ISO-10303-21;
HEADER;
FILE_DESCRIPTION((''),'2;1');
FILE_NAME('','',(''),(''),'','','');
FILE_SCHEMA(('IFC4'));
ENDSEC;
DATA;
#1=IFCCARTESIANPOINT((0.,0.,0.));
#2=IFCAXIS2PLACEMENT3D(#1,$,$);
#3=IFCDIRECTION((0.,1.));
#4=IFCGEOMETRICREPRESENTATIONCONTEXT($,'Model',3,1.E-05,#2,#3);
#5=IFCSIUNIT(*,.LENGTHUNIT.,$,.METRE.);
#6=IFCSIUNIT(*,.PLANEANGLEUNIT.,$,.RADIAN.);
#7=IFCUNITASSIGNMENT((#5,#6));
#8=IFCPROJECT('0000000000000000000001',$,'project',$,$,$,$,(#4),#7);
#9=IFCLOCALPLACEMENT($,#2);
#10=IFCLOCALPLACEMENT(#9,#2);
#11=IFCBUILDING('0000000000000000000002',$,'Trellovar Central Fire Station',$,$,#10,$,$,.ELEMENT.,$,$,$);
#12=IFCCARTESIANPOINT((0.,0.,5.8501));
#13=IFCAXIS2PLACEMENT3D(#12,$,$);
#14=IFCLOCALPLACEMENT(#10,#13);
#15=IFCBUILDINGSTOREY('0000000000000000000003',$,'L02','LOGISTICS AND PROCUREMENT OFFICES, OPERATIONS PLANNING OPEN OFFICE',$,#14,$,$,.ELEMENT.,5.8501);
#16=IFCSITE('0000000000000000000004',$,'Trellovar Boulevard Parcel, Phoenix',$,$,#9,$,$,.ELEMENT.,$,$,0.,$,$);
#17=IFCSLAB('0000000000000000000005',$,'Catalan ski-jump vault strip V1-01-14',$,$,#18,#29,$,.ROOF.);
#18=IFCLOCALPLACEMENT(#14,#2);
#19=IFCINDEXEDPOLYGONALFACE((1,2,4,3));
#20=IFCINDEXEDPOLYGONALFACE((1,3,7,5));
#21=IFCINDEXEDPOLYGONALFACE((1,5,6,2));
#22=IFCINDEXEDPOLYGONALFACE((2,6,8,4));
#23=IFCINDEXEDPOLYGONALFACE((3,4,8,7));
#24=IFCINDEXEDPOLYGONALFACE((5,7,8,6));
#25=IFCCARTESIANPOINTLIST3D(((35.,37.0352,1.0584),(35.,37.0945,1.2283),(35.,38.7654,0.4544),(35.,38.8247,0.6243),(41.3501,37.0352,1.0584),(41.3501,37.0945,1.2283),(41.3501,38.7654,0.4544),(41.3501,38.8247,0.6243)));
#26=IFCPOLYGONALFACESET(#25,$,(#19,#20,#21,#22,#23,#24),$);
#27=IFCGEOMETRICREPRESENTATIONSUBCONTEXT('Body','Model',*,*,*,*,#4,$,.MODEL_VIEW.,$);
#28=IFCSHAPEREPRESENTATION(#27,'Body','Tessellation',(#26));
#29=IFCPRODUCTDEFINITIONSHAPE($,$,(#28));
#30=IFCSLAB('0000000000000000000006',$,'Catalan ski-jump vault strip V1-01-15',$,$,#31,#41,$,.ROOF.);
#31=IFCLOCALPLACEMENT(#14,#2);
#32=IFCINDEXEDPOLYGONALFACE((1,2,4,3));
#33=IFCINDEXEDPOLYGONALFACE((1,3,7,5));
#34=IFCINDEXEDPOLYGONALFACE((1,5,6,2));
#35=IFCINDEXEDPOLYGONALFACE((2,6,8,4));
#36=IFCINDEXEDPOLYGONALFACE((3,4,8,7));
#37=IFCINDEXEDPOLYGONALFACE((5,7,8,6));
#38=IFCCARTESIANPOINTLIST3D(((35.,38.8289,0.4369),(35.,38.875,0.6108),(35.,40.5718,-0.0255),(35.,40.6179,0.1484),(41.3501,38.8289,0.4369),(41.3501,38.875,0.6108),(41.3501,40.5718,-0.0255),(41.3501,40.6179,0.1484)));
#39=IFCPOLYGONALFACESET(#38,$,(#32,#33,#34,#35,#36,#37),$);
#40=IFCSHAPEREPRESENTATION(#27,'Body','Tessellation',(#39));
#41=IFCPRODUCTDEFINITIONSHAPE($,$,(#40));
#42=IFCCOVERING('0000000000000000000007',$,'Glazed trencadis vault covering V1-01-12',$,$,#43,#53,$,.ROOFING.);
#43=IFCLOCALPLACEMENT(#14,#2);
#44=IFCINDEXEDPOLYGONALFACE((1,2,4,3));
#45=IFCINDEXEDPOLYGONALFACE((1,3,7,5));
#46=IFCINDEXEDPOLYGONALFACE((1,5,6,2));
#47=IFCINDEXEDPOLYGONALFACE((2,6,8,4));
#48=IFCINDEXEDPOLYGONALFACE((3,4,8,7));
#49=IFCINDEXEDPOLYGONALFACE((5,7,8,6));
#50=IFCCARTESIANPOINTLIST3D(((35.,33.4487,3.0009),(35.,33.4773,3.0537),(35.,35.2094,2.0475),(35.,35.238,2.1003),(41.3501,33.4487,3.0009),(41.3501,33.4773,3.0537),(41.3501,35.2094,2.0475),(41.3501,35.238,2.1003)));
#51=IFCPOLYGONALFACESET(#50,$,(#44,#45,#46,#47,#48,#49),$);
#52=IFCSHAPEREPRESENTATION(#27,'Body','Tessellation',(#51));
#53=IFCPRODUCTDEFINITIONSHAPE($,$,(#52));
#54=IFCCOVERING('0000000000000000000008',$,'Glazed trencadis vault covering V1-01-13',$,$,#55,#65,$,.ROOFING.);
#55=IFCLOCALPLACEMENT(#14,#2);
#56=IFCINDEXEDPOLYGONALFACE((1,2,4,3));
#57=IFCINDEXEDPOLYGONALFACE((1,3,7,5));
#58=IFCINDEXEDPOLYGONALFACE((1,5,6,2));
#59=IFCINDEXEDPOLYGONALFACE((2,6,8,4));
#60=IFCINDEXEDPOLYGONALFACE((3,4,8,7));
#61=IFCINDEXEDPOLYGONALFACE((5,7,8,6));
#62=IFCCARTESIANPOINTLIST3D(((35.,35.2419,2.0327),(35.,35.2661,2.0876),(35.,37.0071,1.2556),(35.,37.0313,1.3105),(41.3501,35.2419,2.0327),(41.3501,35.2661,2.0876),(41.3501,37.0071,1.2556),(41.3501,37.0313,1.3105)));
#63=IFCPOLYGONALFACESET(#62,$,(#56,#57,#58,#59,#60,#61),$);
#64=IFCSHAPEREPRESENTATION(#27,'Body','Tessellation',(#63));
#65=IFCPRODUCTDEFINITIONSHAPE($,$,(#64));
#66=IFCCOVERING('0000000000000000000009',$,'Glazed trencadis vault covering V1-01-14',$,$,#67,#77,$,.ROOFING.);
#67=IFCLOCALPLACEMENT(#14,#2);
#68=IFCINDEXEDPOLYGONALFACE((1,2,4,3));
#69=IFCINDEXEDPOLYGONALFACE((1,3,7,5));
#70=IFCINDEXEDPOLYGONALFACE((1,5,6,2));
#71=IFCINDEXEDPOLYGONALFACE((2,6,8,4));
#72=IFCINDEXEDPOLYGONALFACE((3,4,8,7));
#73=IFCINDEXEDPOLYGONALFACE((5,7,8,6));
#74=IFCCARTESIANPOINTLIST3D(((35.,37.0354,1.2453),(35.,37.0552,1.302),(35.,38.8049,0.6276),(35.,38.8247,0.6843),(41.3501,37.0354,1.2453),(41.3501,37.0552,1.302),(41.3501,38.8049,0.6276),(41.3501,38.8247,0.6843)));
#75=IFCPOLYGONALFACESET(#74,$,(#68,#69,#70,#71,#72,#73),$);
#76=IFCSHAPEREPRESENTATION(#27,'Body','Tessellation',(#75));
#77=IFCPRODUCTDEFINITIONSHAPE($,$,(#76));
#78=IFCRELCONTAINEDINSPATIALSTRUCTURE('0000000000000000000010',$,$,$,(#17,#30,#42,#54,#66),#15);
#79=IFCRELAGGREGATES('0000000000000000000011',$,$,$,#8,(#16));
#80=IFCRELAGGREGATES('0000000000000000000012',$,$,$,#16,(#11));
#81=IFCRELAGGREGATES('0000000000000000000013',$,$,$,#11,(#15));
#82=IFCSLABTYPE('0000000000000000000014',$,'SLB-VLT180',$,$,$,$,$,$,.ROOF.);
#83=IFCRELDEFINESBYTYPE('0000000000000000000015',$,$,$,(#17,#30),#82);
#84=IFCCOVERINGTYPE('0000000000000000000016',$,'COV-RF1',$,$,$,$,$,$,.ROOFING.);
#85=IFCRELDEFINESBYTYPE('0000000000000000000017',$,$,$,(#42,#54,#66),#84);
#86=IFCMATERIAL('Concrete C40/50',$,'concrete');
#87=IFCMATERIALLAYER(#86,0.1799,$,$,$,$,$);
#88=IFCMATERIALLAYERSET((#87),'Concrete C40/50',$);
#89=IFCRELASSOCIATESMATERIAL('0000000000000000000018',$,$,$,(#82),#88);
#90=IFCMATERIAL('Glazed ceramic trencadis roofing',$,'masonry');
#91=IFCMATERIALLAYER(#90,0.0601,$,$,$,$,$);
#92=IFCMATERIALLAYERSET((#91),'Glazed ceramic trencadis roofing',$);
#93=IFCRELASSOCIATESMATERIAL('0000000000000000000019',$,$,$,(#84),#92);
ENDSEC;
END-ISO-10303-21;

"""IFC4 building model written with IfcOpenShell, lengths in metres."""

from ifc_helpers import new_model, si_unit, direction, frame, origin, place, context, subcontext, project, spatial, polyline, outline, extrude, material, layer, layer_set, type_object, element, save


model = new_model("IFC4")

# Units and contexts
model_context = context("Model", 3, precision=1e-05, world=origin(), true_north=direction((0.0, 1.0)))
body_context = subcontext(model_context, "Body", "Model", "MODEL_VIEW")
ifc_project = project(units=[si_unit("LENGTHUNIT", "METRE"), si_unit("PLANEANGLEUNIT", "RADIAN")], contexts=[model_context])

# Site, building, storey
site_placement = place(None, origin())
site = spatial("IfcSite", under=ifc_project, at=site_placement, Name="Trellovar Boulevard Parcel, Phoenix", CompositionType="ELEMENT", RefElevation=0.0)
building_placement = place(site_placement, origin())
building = spatial("IfcBuilding", under=site, at=building_placement, Name="Trellovar Central Fire Station", CompositionType="ELEMENT")
storey_placement = place(building_placement, frame((0.0, 0.0, 5.8501)))
storey = spatial("IfcBuildingStorey", under=building, at=storey_placement, Name="L02", Description="LOGISTICS AND PROCUREMENT OFFICES, OPERATIONS PLANNING OPEN OFFICE", CompositionType="ELEMENT", Elevation=5.8501)

# Slabs
ifc_material_1 = material(Name="Concrete C40/50", Category="concrete")
ifc_layer_1 = layer(ifc_material_1, 0.1799)
ifc_layer_set_1 = layer_set([ifc_layer_1], Name="Concrete C40/50")
slab_type = type_object("IfcSlabType", Name="SLB-VLT180", PredefinedType="ROOF", material=ifc_layer_set_1)
slab_1_placement = place(storey_placement, frame((35.0, 37.0945, 1.2283), z_axis=(0.0, 0.329585, 0.944126), x_axis=(1.0, 0.0, 0.0)))
element("IfcSlab", 1, at=slab_1_placement, inside=storey, type_object=slab_type, Name="Catalan ski-jump vault strip V1-01-14", PredefinedType="ROOF", context=body_context, shape_type="SweptSolid", body=[
    extrude(outline(polyline([(0.0, 0.0), (6.3501, 0.0), (6.3501, 1.8326), (0.0, 1.8326), (0.0, 0.0)])), origin(), (0.0, 0.0, -1.0), 0.1799),
])
slab_2_placement = place(storey_placement, frame((35.0, 38.875, 0.6108), z_axis=(0.0, 0.256432, 0.966562), x_axis=(1.0, 0.0, 0.0)))
element("IfcSlab", 2, at=slab_2_placement, inside=storey, type_object=slab_type, Name="Catalan ski-jump vault strip V1-01-15", PredefinedType="ROOF", context=body_context, shape_type="SweptSolid", body=[
    extrude(outline(polyline([(0.0, 0.0), (6.3501, 0.0), (6.3501, 1.8032), (0.0, 1.8032), (0.0, 0.0)])), origin(), (0.0, 0.0, -1.0), 0.1799),
])

# Coverings
ifc_material_2 = material(Name="Glazed ceramic trencadis roofing", Category="masonry")
ifc_layer_2 = layer(ifc_material_2, 0.0601)
ifc_layer_set_2 = layer_set([ifc_layer_2], Name="Glazed ceramic trencadis roofing")
covering_type = type_object("IfcCoveringType", Name="COV-RF1", PredefinedType="ROOFING", material=ifc_layer_set_2)
covering_1_placement = place(storey_placement, frame((35.0, 33.4773, 3.0537), z_axis=(0.0, 0.476142, 0.879369), x_axis=(1.0, 0.0, 0.0)))
element("IfcCovering", 3, at=covering_1_placement, inside=storey, type_object=covering_type, Name="Glazed trencadis vault covering V1-01-12", PredefinedType="ROOFING", context=body_context, shape_type="SweptSolid", body=[
    extrude(outline(polyline([(0.0, 0.0), (6.3501, 0.0), (6.3501, 2.0023), (0.0, 2.0023), (0.0, 0.0)])), origin(), (0.0, 0.0, -1.0), 0.0601),
])
covering_2_placement = place(storey_placement, frame((35.0, 35.2661, 2.0876), z_axis=(0.0, 0.40293, 0.915231), x_axis=(1.0, 0.0, 0.0)))
element("IfcCovering", 4, at=covering_2_placement, inside=storey, type_object=covering_type, Name="Glazed trencadis vault covering V1-01-13", PredefinedType="ROOFING", context=body_context, shape_type="SweptSolid", body=[
    extrude(outline(polyline([(0.0, 0.0), (6.3501, 0.0), (6.3501, 1.9286), (0.0, 1.9286), (0.0, 0.0)])), origin(), (0.0, 0.0, -1.0), 0.0601),
])
covering_3_placement = place(storey_placement, frame((35.0, 37.0552, 1.302), z_axis=(0.0, 0.329561, 0.944134), x_axis=(1.0, 0.0, 0.0)))
element("IfcCovering", 5, at=covering_3_placement, inside=storey, type_object=covering_type, Name="Glazed trencadis vault covering V1-01-14", PredefinedType="ROOFING", context=body_context, shape_type="SweptSolid", body=[
    extrude(outline(polyline([(0.0, 0.0), (6.3501, 0.0), (6.3501, 1.8742), (0.0, 1.8742), (0.0, 0.0)])), origin(), (0.0, 0.0, -1.0), 0.0601),
])

save(model, "model.ifc")
